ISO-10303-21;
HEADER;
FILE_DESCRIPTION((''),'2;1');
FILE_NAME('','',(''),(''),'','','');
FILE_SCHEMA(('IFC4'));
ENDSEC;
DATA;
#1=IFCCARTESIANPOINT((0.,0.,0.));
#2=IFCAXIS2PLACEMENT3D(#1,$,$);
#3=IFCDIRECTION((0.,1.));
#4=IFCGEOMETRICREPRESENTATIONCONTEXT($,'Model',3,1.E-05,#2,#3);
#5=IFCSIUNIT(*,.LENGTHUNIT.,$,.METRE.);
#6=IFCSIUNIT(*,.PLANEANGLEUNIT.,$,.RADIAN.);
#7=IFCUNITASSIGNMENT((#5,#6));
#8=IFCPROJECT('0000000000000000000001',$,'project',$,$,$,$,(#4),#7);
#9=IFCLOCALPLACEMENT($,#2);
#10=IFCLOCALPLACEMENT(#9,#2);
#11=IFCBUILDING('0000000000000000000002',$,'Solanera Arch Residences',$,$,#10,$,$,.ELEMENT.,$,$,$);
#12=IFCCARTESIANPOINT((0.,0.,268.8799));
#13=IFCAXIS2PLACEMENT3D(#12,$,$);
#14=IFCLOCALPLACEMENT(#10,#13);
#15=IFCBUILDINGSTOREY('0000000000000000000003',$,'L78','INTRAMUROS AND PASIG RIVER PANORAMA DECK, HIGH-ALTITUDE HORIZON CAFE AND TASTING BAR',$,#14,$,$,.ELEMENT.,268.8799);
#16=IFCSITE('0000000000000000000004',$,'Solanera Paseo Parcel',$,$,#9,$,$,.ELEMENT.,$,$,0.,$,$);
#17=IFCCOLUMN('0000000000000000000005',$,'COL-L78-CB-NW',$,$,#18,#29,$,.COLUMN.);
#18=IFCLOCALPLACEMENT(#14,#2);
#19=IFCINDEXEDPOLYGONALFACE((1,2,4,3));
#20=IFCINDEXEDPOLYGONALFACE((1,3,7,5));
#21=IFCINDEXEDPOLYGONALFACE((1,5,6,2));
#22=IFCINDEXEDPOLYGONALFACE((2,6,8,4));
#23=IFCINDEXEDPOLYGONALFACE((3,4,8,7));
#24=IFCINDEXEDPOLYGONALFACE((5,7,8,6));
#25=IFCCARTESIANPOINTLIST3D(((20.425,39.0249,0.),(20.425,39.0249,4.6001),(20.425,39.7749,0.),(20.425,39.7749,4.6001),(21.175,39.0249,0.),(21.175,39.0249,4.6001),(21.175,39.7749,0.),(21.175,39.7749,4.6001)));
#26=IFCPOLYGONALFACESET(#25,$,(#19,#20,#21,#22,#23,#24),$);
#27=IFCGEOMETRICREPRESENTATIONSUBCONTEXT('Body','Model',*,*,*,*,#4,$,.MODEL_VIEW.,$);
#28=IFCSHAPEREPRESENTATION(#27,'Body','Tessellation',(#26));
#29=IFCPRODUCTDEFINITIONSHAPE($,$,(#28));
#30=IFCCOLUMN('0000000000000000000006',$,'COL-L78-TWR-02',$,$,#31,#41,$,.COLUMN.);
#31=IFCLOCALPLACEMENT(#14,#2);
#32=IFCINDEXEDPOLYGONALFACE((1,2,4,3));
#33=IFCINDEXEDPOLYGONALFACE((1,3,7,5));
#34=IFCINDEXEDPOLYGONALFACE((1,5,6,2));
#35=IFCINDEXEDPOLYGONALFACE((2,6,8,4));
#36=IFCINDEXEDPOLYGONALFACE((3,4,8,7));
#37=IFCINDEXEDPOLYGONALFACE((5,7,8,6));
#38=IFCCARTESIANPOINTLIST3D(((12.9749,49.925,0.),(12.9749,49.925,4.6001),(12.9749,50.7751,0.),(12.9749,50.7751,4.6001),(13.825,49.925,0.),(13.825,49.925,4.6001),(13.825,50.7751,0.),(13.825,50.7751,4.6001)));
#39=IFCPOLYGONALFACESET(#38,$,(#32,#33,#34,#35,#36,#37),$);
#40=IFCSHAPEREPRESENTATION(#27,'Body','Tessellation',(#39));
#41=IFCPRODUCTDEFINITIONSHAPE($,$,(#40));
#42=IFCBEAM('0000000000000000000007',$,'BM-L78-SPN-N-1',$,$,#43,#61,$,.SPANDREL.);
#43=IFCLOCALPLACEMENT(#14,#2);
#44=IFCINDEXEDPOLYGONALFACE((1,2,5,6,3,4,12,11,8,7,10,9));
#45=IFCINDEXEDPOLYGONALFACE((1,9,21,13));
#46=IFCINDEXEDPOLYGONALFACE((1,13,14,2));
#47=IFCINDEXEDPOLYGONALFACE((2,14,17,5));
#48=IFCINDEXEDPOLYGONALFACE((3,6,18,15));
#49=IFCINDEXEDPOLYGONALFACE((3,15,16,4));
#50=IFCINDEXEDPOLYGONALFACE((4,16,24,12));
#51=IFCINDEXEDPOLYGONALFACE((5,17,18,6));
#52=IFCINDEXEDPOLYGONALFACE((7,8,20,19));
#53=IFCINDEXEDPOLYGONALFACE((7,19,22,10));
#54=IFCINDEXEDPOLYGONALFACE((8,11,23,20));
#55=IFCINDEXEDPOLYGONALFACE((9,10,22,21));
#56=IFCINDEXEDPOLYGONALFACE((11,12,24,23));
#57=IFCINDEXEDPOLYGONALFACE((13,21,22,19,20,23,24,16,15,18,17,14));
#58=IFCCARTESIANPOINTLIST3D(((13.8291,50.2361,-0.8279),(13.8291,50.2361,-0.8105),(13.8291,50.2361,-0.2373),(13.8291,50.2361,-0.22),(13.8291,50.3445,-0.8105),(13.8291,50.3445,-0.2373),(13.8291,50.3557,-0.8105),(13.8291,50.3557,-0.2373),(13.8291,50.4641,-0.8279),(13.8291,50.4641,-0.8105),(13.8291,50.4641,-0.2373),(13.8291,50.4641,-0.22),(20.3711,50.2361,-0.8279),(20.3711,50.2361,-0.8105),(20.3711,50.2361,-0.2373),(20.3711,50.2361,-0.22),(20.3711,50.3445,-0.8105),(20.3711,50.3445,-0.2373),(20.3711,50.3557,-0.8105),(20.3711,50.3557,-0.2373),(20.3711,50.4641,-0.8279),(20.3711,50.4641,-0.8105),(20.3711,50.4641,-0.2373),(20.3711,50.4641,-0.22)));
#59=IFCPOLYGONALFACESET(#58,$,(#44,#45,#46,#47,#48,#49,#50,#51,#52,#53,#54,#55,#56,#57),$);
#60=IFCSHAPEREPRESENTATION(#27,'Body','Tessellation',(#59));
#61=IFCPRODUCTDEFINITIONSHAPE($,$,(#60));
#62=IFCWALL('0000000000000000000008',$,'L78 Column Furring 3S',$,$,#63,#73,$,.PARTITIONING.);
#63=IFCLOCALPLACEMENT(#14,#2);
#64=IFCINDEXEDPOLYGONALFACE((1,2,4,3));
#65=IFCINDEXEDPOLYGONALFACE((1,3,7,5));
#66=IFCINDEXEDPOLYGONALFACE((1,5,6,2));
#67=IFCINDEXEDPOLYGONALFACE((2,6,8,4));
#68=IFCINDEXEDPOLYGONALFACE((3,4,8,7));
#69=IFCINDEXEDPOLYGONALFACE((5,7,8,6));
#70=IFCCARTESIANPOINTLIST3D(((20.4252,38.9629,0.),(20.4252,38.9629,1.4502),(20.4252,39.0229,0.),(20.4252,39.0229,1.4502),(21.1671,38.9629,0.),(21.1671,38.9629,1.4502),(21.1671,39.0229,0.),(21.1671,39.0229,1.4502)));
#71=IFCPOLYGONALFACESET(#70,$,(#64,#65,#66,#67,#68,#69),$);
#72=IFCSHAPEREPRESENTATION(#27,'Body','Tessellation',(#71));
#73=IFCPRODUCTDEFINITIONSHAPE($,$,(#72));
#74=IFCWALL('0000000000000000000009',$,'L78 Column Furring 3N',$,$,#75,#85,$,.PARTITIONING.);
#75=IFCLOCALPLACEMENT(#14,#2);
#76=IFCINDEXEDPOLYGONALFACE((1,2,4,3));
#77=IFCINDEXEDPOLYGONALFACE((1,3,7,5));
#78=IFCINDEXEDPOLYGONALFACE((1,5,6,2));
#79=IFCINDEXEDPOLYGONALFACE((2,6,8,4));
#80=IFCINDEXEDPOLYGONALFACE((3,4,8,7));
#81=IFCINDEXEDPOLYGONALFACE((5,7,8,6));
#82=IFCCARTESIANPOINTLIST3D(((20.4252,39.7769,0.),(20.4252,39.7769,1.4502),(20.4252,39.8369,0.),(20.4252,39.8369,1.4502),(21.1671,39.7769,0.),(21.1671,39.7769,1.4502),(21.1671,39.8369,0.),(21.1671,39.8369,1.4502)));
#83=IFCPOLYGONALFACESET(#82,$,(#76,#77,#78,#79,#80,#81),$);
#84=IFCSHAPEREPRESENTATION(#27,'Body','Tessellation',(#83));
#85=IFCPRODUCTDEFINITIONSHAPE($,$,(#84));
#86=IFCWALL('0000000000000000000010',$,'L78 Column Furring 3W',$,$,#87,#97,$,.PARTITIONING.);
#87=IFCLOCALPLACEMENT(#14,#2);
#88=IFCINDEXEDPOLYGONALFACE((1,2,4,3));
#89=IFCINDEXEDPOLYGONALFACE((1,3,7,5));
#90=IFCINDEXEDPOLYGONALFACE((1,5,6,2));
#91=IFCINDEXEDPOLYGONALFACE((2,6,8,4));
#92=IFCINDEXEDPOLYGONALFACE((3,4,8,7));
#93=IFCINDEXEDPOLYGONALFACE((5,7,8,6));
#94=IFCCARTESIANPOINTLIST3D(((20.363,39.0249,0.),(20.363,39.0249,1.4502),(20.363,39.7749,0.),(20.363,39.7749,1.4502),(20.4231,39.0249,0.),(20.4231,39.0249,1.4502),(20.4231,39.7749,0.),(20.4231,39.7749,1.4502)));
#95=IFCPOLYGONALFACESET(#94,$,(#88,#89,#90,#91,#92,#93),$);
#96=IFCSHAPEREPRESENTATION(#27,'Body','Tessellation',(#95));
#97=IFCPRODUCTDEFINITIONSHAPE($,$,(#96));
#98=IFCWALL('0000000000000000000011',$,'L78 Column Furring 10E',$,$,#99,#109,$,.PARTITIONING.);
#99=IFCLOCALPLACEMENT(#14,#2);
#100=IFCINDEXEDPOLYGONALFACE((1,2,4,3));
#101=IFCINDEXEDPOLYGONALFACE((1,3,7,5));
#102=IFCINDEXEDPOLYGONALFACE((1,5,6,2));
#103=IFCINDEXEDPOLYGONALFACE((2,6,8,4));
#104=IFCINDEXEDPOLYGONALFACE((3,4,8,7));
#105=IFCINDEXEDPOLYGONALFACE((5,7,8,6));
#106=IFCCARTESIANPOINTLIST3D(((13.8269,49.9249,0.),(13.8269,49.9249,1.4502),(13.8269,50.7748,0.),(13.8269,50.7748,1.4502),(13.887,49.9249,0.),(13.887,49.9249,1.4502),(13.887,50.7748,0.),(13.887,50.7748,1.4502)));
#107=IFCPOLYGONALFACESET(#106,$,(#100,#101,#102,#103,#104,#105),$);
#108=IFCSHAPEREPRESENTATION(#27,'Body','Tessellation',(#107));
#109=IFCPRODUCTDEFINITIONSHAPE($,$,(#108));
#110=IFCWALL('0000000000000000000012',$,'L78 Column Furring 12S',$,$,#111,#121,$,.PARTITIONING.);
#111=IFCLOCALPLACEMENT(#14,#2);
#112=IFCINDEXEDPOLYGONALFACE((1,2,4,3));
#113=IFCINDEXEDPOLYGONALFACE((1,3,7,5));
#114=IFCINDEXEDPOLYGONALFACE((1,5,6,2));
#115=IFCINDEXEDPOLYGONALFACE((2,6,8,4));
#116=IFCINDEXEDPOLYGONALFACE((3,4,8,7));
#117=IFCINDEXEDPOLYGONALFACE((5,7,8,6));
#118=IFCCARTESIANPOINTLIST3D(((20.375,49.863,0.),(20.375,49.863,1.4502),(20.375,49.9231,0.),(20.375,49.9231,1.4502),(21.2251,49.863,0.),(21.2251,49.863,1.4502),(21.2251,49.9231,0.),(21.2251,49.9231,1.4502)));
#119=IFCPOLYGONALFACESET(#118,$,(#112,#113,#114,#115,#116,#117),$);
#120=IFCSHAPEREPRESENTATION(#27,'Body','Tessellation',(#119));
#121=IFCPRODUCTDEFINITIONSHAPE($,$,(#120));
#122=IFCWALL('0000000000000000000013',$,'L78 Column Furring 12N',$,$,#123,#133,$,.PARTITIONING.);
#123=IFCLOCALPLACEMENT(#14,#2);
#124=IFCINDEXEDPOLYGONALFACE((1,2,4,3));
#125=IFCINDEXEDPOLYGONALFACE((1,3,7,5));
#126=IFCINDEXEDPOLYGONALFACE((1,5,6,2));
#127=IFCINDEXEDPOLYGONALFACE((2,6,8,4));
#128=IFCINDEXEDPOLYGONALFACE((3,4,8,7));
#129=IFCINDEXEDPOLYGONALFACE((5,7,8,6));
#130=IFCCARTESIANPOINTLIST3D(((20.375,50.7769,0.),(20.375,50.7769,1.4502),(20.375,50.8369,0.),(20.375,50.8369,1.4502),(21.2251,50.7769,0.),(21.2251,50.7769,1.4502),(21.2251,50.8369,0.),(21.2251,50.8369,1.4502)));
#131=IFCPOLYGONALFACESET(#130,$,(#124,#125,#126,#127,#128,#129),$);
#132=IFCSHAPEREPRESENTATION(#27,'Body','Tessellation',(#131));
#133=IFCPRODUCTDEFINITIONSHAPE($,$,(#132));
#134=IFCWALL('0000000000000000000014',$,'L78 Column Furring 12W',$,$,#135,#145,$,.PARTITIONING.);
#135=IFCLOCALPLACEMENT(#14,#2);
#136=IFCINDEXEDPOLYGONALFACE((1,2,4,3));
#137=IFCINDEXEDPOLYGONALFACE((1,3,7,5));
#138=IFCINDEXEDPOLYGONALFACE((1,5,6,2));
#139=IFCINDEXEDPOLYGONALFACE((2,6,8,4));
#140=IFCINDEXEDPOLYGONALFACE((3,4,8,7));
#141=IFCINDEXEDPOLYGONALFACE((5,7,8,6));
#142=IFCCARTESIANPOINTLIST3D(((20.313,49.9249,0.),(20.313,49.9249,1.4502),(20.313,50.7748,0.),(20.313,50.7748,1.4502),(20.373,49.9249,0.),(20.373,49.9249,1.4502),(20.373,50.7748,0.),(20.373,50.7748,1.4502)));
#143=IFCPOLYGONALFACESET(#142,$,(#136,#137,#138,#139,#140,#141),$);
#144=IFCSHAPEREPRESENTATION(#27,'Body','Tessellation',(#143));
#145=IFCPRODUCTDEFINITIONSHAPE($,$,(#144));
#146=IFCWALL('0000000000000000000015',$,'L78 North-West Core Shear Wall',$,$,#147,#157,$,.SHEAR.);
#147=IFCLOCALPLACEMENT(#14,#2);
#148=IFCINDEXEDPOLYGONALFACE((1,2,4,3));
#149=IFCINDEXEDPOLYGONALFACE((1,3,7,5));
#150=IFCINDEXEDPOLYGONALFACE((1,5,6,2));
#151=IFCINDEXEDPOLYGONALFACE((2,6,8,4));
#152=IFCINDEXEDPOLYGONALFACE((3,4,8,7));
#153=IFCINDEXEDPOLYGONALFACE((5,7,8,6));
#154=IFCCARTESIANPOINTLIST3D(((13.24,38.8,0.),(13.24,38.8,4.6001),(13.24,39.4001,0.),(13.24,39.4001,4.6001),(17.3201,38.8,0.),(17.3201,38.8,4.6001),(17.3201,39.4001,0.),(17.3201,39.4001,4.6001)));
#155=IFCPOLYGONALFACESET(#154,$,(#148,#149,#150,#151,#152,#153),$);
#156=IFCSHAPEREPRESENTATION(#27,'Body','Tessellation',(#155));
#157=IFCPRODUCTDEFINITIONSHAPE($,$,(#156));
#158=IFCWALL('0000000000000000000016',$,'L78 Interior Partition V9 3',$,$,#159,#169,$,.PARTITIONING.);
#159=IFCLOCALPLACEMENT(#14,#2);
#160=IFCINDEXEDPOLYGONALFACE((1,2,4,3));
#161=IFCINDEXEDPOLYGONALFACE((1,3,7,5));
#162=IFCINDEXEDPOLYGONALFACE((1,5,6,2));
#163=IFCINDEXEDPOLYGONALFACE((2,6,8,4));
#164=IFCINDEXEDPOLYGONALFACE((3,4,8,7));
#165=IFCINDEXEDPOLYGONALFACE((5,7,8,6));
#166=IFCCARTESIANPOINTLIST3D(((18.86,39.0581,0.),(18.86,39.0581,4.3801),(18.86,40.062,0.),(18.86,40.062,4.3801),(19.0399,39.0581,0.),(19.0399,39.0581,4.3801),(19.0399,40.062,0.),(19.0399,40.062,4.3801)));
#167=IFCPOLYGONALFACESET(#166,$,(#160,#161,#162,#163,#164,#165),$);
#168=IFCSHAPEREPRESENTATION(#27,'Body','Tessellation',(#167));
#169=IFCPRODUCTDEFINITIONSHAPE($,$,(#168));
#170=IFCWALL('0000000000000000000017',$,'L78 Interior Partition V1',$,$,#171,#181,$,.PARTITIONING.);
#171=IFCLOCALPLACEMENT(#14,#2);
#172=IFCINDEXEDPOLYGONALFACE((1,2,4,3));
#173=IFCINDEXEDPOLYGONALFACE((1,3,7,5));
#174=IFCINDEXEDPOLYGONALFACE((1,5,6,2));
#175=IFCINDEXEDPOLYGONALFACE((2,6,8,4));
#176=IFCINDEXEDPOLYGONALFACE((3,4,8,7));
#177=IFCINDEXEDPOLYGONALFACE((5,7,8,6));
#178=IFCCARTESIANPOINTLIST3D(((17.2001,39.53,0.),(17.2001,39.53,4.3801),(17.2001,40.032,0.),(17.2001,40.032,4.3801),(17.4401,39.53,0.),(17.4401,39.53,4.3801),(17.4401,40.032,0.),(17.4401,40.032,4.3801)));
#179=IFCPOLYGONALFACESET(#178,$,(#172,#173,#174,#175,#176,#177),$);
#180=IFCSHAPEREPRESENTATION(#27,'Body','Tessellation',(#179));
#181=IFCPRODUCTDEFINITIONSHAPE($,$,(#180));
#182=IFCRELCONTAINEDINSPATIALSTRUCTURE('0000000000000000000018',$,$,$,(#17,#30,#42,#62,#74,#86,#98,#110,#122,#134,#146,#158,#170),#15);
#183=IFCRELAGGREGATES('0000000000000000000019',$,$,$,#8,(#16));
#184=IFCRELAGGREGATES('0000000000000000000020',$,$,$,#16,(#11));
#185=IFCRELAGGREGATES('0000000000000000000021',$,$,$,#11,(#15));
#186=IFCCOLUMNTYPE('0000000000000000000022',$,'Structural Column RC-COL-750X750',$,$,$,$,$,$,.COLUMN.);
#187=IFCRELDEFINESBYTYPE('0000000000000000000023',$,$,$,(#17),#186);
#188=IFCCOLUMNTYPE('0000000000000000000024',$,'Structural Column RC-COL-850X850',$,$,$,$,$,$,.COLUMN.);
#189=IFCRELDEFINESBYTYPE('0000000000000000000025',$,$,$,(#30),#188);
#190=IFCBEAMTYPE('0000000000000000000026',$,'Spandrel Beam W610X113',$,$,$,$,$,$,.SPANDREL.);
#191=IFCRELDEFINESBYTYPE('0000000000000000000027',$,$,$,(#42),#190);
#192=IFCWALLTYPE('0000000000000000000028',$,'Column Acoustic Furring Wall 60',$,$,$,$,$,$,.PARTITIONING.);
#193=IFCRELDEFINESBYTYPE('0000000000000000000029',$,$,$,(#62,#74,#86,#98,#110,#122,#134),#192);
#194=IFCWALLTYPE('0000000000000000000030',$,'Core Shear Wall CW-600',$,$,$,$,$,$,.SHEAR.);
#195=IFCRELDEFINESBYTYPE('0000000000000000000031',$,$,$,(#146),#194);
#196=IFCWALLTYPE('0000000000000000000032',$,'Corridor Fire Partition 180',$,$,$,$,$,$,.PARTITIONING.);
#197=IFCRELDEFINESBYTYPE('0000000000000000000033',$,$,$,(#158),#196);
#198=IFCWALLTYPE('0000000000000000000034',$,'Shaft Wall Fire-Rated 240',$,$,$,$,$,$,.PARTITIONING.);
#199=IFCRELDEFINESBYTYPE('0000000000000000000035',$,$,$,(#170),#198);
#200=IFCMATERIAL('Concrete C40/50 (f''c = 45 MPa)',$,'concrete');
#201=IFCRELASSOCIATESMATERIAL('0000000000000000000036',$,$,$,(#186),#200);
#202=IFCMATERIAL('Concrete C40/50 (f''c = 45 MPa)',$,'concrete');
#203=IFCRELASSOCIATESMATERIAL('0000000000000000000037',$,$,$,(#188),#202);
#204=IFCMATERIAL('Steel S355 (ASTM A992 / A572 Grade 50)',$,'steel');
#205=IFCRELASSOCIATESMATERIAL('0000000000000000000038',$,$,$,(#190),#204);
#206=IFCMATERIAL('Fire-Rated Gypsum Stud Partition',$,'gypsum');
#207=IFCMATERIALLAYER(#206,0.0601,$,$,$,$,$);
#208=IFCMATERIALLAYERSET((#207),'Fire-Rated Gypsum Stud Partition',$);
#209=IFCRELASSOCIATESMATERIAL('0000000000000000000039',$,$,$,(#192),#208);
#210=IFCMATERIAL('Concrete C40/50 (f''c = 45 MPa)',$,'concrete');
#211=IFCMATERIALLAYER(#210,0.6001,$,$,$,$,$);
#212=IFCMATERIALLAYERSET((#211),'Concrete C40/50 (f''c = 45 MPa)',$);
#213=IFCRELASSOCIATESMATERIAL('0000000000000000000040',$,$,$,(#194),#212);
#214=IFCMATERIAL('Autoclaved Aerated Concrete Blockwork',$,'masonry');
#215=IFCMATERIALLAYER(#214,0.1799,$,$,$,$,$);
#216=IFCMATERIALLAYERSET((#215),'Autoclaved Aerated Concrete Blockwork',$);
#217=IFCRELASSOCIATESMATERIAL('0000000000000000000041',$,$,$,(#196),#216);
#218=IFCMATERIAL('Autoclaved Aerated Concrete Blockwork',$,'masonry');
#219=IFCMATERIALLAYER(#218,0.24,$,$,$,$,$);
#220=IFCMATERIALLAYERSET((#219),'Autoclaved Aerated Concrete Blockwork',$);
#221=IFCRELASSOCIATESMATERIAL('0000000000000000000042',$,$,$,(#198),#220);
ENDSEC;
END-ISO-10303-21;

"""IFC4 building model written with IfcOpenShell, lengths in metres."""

from ifc_helpers import new_model, si_unit, direction, frame, frame_2d, origin, origin_2d, place, context, subcontext, project, spatial, rectangle, i_section, extrude, material, layer, layer_set, material_profile, profile_set, type_object, element, save


model = new_model("IFC4")

# Units and contexts
model_context = context("Model", 3, precision=1e-05, world=origin(), true_north=direction((0.0, 1.0)))
body_context = subcontext(model_context, "Body", "Model", "MODEL_VIEW")
ifc_project = project(units=[si_unit("LENGTHUNIT", "METRE"), si_unit("PLANEANGLEUNIT", "RADIAN")], contexts=[model_context])

# Site, building, storey
site_placement = place(None, origin())
site = spatial("IfcSite", under=ifc_project, at=site_placement, Name="Solanera Paseo Parcel", CompositionType="ELEMENT", RefElevation=0.0)
building_placement = place(site_placement, origin())
building = spatial("IfcBuilding", under=site, at=building_placement, Name="Solanera Arch Residences", CompositionType="ELEMENT")
storey_placement = place(building_placement, frame((0.0, 0.0, 268.8799)))
storey = spatial("IfcBuildingStorey", under=building, at=storey_placement, Name="L78", Description="INTRAMUROS AND PASIG RIVER PANORAMA DECK, HIGH-ALTITUDE HORIZON CAFE AND TASTING BAR", CompositionType="ELEMENT", Elevation=268.8799)

# Columns
ifc_material_1 = material(Name="Concrete C40/50 (f'c = 45 MPa)", Category="concrete")
ifc_material_profile_1 = material_profile(ifc_material_1, rectangle(XDim=0.75, YDim=0.75, at=origin_2d()))
ifc_profile_set_1 = profile_set([ifc_material_profile_1], Name="Concrete C40/50 (f'c = 45 MPa)")
column_type_1 = type_object("IfcColumnType", Name="Structural Column RC-COL-750X750", PredefinedType="COLUMN", material=ifc_profile_set_1)
column_1_placement = place(storey_placement, frame((20.8, 39.3999, 0.0), z_axis=(0.0, 0.0, 1.0), x_axis=(1.0, 0.0, 0.0)))
element("IfcColumn", 1, at=column_1_placement, inside=storey, type_object=column_type_1, Name="COL-L78-CB-NW", PredefinedType="COLUMN", context=body_context, shape_type="SweptSolid", body=[
    extrude(rectangle(XDim=0.75, YDim=0.75, at=origin_2d()), origin(), (0.0, 0.0, 1.0), 4.6001),
])
ifc_material_2 = material(Name="Concrete C40/50 (f'c = 45 MPa)", Category="concrete")
ifc_material_profile_2 = material_profile(ifc_material_2, rectangle(XDim=0.8501, YDim=0.8501, at=origin_2d()))
ifc_profile_set_2 = profile_set([ifc_material_profile_2], Name="Concrete C40/50 (f'c = 45 MPa)")
column_type_2 = type_object("IfcColumnType", Name="Structural Column RC-COL-850X850", PredefinedType="COLUMN", material=ifc_profile_set_2)
column_2_placement = place(storey_placement, frame((13.3999, 50.3501, 0.0), z_axis=(0.0, 0.0, 1.0), x_axis=(1.0, 0.0, 0.0)))
element("IfcColumn", 2, at=column_2_placement, inside=storey, type_object=column_type_2, Name="COL-L78-TWR-02", PredefinedType="COLUMN", context=body_context, shape_type="SweptSolid", body=[
    extrude(rectangle(XDim=0.8501, YDim=0.8501, at=origin_2d()), origin(), (0.0, 0.0, 1.0), 4.6001),
])

# Beam
ifc_material_3 = material(Name="Steel S355 (ASTM A992 / A572 Grade 50)", Category="steel")
ifc_material_profile_3 = material_profile(ifc_material_3, i_section(OverallWidth=0.228, OverallDepth=0.6079, WebThickness=0.0112, FlangeThickness=0.0173, at=origin_2d()))
ifc_profile_set_3 = profile_set([ifc_material_profile_3], Name="Steel S355 (ASTM A992 / A572 Grade 50)")
beam_type = type_object("IfcBeamType", Name="Spandrel Beam W610X113", PredefinedType="SPANDREL", material=ifc_profile_set_3)
beam_placement = place(storey_placement, frame((13.8291, 50.3501, -0.5239), z_axis=(1.0, 0.0, 0.0), x_axis=(0.0, 1.0, 0.0)))
element("IfcBeam", 3, at=beam_placement, inside=storey, type_object=beam_type, Name="BM-L78-SPN-N-1", PredefinedType="SPANDREL", context=body_context, shape_type="SweptSolid", body=[
    extrude(i_section(OverallWidth=0.228, OverallDepth=0.6079, WebThickness=0.0112, FlangeThickness=0.0173, at=origin_2d()), origin(), (0.0, 0.0, 1.0), 6.542),
])

# Walls
ifc_material_4 = material(Name="Fire-Rated Gypsum Stud Partition", Category="gypsum")
ifc_layer_1 = layer(ifc_material_4, 0.0601)
ifc_layer_set_1 = layer_set([ifc_layer_1], Name="Fire-Rated Gypsum Stud Partition")
wall_type_1 = type_object("IfcWallType", Name="Column Acoustic Furring Wall 60", PredefinedType="PARTITIONING", material=ifc_layer_set_1)
for number, where, z_axis, x_axis, name in (
    (4, (20.425, 38.9929, 0.0), (0.0, 0.0, 1.0), (1.0, 0.0, 0.0), "L78 Column Furring 3S"),
    (5, (20.425, 39.8069, 0.0), (0.0, 0.0, 1.0), (1.0, 0.0, 0.0), "L78 Column Furring 3N"),
):
    element("IfcWall", number, at=place(storey_placement, frame(where, z_axis=z_axis, x_axis=x_axis)), inside=storey, type_object=wall_type_1, Name=name, PredefinedType="PARTITIONING", context=body_context, shape_type="SweptSolid", body=[
        extrude(rectangle(XDim=0.7419, YDim=0.0601, at=frame_2d((0.3711, 0.0))), origin(), (0.0, 0.0, 1.0), 1.4502),
    ])
wall_1_placement = place(storey_placement, frame((20.3931, 39.0249, 0.0), z_axis=(0.0, 0.0, 1.0), x_axis=(0.0, 1.0, 0.0)))
element("IfcWall", 6, at=wall_1_placement, inside=storey, type_object=wall_type_1, Name="L78 Column Furring 3W", PredefinedType="PARTITIONING", context=body_context, shape_type="SweptSolid", body=[
    extrude(rectangle(XDim=0.75, YDim=0.0601, at=frame_2d((0.375, 0.0))), origin(), (0.0, 0.0, 1.0), 1.4502),
])
wall_2_placement = place(storey_placement, frame((13.8569, 49.925, 0.0), z_axis=(0.0, 0.0, 1.0), x_axis=(0.0, 1.0, 0.0)))
element("IfcWall", 7, at=wall_2_placement, inside=storey, type_object=wall_type_1, Name="L78 Column Furring 10E", PredefinedType="PARTITIONING", context=body_context, shape_type="SweptSolid", body=[
    extrude(rectangle(XDim=0.8499, YDim=0.0601, at=frame_2d((0.4248, 0.0))), origin(), (0.0, 0.0, 1.0), 1.4502),
])
for number, where, z_axis, x_axis, name in (
    (8, (20.375, 49.8931, 0.0), (0.0, 0.0, 1.0), (1.0, 0.0, 0.0), "L78 Column Furring 12S"),
    (9, (20.375, 50.8069, 0.0), (0.0, 0.0, 1.0), (1.0, 0.0, 0.0), "L78 Column Furring 12N"),
):
    element("IfcWall", number, at=place(storey_placement, frame(where, z_axis=z_axis, x_axis=x_axis)), inside=storey, type_object=wall_type_1, Name=name, PredefinedType="PARTITIONING", context=body_context, shape_type="SweptSolid", body=[
        extrude(rectangle(XDim=0.8501, YDim=0.0601, at=frame_2d((0.425, 0.0))), origin(), (0.0, 0.0, 1.0), 1.4502),
    ])
wall_3_placement = place(storey_placement, frame((20.343, 49.925, 0.0), z_axis=(0.0, 0.0, 1.0), x_axis=(0.0, 1.0, 0.0)))
element("IfcWall", 10, at=wall_3_placement, inside=storey, type_object=wall_type_1, Name="L78 Column Furring 12W", PredefinedType="PARTITIONING", context=body_context, shape_type="SweptSolid", body=[
    extrude(rectangle(XDim=0.8499, YDim=0.0601, at=frame_2d((0.4248, 0.0))), origin(), (0.0, 0.0, 1.0), 1.4502),
])
ifc_material_5 = material(Name="Concrete C40/50 (f'c = 45 MPa)", Category="concrete")
ifc_layer_2 = layer(ifc_material_5, 0.6001)
ifc_layer_set_2 = layer_set([ifc_layer_2], Name="Concrete C40/50 (f'c = 45 MPa)")
wall_type_2 = type_object("IfcWallType", Name="Core Shear Wall CW-600", PredefinedType="SHEAR", material=ifc_layer_set_2)
wall_4_placement = place(storey_placement, frame((13.24, 39.1001, 0.0), z_axis=(0.0, 0.0, 1.0), x_axis=(1.0, 0.0, 0.0)))
element("IfcWall", 11, at=wall_4_placement, inside=storey, type_object=wall_type_2, Name="L78 North-West Core Shear Wall", PredefinedType="SHEAR", context=body_context, shape_type="SweptSolid", body=[
    extrude(rectangle(XDim=4.0801, YDim=0.6001, at=frame_2d((2.04, 0.0))), origin(), (0.0, 0.0, 1.0), 4.6001),
])
ifc_material_6 = material(Name="Autoclaved Aerated Concrete Blockwork", Category="masonry")
ifc_layer_3 = layer(ifc_material_6, 0.1799)
ifc_layer_set_3 = layer_set([ifc_layer_3], Name="Autoclaved Aerated Concrete Blockwork")
wall_type_3 = type_object("IfcWallType", Name="Corridor Fire Partition 180", PredefinedType="PARTITIONING", material=ifc_layer_set_3)
wall_5_placement = place(storey_placement, frame((18.95, 39.0581, 0.0), z_axis=(0.0, 0.0, 1.0), x_axis=(0.0, 1.0, 0.0)))
element("IfcWall", 12, at=wall_5_placement, inside=storey, type_object=wall_type_3, Name="L78 Interior Partition V9 3", PredefinedType="PARTITIONING", context=body_context, shape_type="SweptSolid", body=[
    extrude(rectangle(XDim=1.0039, YDim=0.1799, at=frame_2d((0.502, 0.0))), origin(), (0.0, 0.0, 1.0), 4.3801),
])
ifc_material_7 = material(Name="Autoclaved Aerated Concrete Blockwork", Category="masonry")
ifc_layer_4 = layer(ifc_material_7, 0.24)
ifc_layer_set_4 = layer_set([ifc_layer_4], Name="Autoclaved Aerated Concrete Blockwork")
wall_type_4 = type_object("IfcWallType", Name="Shaft Wall Fire-Rated 240", PredefinedType="PARTITIONING", material=ifc_layer_set_4)
wall_6_placement = place(storey_placement, frame((17.3201, 39.53, 0.0), z_axis=(0.0, 0.0, 1.0), x_axis=(0.0, 1.0, 0.0)))
element("IfcWall", 13, at=wall_6_placement, inside=storey, type_object=wall_type_4, Name="L78 Interior Partition V1", PredefinedType="PARTITIONING", context=body_context, shape_type="SweptSolid", body=[
    extrude(rectangle(XDim=0.502, YDim=0.24, at=frame_2d((0.251, 0.0))), origin(), (0.0, 0.0, 1.0), 4.3801),
])

save(model, "model.ifc")
